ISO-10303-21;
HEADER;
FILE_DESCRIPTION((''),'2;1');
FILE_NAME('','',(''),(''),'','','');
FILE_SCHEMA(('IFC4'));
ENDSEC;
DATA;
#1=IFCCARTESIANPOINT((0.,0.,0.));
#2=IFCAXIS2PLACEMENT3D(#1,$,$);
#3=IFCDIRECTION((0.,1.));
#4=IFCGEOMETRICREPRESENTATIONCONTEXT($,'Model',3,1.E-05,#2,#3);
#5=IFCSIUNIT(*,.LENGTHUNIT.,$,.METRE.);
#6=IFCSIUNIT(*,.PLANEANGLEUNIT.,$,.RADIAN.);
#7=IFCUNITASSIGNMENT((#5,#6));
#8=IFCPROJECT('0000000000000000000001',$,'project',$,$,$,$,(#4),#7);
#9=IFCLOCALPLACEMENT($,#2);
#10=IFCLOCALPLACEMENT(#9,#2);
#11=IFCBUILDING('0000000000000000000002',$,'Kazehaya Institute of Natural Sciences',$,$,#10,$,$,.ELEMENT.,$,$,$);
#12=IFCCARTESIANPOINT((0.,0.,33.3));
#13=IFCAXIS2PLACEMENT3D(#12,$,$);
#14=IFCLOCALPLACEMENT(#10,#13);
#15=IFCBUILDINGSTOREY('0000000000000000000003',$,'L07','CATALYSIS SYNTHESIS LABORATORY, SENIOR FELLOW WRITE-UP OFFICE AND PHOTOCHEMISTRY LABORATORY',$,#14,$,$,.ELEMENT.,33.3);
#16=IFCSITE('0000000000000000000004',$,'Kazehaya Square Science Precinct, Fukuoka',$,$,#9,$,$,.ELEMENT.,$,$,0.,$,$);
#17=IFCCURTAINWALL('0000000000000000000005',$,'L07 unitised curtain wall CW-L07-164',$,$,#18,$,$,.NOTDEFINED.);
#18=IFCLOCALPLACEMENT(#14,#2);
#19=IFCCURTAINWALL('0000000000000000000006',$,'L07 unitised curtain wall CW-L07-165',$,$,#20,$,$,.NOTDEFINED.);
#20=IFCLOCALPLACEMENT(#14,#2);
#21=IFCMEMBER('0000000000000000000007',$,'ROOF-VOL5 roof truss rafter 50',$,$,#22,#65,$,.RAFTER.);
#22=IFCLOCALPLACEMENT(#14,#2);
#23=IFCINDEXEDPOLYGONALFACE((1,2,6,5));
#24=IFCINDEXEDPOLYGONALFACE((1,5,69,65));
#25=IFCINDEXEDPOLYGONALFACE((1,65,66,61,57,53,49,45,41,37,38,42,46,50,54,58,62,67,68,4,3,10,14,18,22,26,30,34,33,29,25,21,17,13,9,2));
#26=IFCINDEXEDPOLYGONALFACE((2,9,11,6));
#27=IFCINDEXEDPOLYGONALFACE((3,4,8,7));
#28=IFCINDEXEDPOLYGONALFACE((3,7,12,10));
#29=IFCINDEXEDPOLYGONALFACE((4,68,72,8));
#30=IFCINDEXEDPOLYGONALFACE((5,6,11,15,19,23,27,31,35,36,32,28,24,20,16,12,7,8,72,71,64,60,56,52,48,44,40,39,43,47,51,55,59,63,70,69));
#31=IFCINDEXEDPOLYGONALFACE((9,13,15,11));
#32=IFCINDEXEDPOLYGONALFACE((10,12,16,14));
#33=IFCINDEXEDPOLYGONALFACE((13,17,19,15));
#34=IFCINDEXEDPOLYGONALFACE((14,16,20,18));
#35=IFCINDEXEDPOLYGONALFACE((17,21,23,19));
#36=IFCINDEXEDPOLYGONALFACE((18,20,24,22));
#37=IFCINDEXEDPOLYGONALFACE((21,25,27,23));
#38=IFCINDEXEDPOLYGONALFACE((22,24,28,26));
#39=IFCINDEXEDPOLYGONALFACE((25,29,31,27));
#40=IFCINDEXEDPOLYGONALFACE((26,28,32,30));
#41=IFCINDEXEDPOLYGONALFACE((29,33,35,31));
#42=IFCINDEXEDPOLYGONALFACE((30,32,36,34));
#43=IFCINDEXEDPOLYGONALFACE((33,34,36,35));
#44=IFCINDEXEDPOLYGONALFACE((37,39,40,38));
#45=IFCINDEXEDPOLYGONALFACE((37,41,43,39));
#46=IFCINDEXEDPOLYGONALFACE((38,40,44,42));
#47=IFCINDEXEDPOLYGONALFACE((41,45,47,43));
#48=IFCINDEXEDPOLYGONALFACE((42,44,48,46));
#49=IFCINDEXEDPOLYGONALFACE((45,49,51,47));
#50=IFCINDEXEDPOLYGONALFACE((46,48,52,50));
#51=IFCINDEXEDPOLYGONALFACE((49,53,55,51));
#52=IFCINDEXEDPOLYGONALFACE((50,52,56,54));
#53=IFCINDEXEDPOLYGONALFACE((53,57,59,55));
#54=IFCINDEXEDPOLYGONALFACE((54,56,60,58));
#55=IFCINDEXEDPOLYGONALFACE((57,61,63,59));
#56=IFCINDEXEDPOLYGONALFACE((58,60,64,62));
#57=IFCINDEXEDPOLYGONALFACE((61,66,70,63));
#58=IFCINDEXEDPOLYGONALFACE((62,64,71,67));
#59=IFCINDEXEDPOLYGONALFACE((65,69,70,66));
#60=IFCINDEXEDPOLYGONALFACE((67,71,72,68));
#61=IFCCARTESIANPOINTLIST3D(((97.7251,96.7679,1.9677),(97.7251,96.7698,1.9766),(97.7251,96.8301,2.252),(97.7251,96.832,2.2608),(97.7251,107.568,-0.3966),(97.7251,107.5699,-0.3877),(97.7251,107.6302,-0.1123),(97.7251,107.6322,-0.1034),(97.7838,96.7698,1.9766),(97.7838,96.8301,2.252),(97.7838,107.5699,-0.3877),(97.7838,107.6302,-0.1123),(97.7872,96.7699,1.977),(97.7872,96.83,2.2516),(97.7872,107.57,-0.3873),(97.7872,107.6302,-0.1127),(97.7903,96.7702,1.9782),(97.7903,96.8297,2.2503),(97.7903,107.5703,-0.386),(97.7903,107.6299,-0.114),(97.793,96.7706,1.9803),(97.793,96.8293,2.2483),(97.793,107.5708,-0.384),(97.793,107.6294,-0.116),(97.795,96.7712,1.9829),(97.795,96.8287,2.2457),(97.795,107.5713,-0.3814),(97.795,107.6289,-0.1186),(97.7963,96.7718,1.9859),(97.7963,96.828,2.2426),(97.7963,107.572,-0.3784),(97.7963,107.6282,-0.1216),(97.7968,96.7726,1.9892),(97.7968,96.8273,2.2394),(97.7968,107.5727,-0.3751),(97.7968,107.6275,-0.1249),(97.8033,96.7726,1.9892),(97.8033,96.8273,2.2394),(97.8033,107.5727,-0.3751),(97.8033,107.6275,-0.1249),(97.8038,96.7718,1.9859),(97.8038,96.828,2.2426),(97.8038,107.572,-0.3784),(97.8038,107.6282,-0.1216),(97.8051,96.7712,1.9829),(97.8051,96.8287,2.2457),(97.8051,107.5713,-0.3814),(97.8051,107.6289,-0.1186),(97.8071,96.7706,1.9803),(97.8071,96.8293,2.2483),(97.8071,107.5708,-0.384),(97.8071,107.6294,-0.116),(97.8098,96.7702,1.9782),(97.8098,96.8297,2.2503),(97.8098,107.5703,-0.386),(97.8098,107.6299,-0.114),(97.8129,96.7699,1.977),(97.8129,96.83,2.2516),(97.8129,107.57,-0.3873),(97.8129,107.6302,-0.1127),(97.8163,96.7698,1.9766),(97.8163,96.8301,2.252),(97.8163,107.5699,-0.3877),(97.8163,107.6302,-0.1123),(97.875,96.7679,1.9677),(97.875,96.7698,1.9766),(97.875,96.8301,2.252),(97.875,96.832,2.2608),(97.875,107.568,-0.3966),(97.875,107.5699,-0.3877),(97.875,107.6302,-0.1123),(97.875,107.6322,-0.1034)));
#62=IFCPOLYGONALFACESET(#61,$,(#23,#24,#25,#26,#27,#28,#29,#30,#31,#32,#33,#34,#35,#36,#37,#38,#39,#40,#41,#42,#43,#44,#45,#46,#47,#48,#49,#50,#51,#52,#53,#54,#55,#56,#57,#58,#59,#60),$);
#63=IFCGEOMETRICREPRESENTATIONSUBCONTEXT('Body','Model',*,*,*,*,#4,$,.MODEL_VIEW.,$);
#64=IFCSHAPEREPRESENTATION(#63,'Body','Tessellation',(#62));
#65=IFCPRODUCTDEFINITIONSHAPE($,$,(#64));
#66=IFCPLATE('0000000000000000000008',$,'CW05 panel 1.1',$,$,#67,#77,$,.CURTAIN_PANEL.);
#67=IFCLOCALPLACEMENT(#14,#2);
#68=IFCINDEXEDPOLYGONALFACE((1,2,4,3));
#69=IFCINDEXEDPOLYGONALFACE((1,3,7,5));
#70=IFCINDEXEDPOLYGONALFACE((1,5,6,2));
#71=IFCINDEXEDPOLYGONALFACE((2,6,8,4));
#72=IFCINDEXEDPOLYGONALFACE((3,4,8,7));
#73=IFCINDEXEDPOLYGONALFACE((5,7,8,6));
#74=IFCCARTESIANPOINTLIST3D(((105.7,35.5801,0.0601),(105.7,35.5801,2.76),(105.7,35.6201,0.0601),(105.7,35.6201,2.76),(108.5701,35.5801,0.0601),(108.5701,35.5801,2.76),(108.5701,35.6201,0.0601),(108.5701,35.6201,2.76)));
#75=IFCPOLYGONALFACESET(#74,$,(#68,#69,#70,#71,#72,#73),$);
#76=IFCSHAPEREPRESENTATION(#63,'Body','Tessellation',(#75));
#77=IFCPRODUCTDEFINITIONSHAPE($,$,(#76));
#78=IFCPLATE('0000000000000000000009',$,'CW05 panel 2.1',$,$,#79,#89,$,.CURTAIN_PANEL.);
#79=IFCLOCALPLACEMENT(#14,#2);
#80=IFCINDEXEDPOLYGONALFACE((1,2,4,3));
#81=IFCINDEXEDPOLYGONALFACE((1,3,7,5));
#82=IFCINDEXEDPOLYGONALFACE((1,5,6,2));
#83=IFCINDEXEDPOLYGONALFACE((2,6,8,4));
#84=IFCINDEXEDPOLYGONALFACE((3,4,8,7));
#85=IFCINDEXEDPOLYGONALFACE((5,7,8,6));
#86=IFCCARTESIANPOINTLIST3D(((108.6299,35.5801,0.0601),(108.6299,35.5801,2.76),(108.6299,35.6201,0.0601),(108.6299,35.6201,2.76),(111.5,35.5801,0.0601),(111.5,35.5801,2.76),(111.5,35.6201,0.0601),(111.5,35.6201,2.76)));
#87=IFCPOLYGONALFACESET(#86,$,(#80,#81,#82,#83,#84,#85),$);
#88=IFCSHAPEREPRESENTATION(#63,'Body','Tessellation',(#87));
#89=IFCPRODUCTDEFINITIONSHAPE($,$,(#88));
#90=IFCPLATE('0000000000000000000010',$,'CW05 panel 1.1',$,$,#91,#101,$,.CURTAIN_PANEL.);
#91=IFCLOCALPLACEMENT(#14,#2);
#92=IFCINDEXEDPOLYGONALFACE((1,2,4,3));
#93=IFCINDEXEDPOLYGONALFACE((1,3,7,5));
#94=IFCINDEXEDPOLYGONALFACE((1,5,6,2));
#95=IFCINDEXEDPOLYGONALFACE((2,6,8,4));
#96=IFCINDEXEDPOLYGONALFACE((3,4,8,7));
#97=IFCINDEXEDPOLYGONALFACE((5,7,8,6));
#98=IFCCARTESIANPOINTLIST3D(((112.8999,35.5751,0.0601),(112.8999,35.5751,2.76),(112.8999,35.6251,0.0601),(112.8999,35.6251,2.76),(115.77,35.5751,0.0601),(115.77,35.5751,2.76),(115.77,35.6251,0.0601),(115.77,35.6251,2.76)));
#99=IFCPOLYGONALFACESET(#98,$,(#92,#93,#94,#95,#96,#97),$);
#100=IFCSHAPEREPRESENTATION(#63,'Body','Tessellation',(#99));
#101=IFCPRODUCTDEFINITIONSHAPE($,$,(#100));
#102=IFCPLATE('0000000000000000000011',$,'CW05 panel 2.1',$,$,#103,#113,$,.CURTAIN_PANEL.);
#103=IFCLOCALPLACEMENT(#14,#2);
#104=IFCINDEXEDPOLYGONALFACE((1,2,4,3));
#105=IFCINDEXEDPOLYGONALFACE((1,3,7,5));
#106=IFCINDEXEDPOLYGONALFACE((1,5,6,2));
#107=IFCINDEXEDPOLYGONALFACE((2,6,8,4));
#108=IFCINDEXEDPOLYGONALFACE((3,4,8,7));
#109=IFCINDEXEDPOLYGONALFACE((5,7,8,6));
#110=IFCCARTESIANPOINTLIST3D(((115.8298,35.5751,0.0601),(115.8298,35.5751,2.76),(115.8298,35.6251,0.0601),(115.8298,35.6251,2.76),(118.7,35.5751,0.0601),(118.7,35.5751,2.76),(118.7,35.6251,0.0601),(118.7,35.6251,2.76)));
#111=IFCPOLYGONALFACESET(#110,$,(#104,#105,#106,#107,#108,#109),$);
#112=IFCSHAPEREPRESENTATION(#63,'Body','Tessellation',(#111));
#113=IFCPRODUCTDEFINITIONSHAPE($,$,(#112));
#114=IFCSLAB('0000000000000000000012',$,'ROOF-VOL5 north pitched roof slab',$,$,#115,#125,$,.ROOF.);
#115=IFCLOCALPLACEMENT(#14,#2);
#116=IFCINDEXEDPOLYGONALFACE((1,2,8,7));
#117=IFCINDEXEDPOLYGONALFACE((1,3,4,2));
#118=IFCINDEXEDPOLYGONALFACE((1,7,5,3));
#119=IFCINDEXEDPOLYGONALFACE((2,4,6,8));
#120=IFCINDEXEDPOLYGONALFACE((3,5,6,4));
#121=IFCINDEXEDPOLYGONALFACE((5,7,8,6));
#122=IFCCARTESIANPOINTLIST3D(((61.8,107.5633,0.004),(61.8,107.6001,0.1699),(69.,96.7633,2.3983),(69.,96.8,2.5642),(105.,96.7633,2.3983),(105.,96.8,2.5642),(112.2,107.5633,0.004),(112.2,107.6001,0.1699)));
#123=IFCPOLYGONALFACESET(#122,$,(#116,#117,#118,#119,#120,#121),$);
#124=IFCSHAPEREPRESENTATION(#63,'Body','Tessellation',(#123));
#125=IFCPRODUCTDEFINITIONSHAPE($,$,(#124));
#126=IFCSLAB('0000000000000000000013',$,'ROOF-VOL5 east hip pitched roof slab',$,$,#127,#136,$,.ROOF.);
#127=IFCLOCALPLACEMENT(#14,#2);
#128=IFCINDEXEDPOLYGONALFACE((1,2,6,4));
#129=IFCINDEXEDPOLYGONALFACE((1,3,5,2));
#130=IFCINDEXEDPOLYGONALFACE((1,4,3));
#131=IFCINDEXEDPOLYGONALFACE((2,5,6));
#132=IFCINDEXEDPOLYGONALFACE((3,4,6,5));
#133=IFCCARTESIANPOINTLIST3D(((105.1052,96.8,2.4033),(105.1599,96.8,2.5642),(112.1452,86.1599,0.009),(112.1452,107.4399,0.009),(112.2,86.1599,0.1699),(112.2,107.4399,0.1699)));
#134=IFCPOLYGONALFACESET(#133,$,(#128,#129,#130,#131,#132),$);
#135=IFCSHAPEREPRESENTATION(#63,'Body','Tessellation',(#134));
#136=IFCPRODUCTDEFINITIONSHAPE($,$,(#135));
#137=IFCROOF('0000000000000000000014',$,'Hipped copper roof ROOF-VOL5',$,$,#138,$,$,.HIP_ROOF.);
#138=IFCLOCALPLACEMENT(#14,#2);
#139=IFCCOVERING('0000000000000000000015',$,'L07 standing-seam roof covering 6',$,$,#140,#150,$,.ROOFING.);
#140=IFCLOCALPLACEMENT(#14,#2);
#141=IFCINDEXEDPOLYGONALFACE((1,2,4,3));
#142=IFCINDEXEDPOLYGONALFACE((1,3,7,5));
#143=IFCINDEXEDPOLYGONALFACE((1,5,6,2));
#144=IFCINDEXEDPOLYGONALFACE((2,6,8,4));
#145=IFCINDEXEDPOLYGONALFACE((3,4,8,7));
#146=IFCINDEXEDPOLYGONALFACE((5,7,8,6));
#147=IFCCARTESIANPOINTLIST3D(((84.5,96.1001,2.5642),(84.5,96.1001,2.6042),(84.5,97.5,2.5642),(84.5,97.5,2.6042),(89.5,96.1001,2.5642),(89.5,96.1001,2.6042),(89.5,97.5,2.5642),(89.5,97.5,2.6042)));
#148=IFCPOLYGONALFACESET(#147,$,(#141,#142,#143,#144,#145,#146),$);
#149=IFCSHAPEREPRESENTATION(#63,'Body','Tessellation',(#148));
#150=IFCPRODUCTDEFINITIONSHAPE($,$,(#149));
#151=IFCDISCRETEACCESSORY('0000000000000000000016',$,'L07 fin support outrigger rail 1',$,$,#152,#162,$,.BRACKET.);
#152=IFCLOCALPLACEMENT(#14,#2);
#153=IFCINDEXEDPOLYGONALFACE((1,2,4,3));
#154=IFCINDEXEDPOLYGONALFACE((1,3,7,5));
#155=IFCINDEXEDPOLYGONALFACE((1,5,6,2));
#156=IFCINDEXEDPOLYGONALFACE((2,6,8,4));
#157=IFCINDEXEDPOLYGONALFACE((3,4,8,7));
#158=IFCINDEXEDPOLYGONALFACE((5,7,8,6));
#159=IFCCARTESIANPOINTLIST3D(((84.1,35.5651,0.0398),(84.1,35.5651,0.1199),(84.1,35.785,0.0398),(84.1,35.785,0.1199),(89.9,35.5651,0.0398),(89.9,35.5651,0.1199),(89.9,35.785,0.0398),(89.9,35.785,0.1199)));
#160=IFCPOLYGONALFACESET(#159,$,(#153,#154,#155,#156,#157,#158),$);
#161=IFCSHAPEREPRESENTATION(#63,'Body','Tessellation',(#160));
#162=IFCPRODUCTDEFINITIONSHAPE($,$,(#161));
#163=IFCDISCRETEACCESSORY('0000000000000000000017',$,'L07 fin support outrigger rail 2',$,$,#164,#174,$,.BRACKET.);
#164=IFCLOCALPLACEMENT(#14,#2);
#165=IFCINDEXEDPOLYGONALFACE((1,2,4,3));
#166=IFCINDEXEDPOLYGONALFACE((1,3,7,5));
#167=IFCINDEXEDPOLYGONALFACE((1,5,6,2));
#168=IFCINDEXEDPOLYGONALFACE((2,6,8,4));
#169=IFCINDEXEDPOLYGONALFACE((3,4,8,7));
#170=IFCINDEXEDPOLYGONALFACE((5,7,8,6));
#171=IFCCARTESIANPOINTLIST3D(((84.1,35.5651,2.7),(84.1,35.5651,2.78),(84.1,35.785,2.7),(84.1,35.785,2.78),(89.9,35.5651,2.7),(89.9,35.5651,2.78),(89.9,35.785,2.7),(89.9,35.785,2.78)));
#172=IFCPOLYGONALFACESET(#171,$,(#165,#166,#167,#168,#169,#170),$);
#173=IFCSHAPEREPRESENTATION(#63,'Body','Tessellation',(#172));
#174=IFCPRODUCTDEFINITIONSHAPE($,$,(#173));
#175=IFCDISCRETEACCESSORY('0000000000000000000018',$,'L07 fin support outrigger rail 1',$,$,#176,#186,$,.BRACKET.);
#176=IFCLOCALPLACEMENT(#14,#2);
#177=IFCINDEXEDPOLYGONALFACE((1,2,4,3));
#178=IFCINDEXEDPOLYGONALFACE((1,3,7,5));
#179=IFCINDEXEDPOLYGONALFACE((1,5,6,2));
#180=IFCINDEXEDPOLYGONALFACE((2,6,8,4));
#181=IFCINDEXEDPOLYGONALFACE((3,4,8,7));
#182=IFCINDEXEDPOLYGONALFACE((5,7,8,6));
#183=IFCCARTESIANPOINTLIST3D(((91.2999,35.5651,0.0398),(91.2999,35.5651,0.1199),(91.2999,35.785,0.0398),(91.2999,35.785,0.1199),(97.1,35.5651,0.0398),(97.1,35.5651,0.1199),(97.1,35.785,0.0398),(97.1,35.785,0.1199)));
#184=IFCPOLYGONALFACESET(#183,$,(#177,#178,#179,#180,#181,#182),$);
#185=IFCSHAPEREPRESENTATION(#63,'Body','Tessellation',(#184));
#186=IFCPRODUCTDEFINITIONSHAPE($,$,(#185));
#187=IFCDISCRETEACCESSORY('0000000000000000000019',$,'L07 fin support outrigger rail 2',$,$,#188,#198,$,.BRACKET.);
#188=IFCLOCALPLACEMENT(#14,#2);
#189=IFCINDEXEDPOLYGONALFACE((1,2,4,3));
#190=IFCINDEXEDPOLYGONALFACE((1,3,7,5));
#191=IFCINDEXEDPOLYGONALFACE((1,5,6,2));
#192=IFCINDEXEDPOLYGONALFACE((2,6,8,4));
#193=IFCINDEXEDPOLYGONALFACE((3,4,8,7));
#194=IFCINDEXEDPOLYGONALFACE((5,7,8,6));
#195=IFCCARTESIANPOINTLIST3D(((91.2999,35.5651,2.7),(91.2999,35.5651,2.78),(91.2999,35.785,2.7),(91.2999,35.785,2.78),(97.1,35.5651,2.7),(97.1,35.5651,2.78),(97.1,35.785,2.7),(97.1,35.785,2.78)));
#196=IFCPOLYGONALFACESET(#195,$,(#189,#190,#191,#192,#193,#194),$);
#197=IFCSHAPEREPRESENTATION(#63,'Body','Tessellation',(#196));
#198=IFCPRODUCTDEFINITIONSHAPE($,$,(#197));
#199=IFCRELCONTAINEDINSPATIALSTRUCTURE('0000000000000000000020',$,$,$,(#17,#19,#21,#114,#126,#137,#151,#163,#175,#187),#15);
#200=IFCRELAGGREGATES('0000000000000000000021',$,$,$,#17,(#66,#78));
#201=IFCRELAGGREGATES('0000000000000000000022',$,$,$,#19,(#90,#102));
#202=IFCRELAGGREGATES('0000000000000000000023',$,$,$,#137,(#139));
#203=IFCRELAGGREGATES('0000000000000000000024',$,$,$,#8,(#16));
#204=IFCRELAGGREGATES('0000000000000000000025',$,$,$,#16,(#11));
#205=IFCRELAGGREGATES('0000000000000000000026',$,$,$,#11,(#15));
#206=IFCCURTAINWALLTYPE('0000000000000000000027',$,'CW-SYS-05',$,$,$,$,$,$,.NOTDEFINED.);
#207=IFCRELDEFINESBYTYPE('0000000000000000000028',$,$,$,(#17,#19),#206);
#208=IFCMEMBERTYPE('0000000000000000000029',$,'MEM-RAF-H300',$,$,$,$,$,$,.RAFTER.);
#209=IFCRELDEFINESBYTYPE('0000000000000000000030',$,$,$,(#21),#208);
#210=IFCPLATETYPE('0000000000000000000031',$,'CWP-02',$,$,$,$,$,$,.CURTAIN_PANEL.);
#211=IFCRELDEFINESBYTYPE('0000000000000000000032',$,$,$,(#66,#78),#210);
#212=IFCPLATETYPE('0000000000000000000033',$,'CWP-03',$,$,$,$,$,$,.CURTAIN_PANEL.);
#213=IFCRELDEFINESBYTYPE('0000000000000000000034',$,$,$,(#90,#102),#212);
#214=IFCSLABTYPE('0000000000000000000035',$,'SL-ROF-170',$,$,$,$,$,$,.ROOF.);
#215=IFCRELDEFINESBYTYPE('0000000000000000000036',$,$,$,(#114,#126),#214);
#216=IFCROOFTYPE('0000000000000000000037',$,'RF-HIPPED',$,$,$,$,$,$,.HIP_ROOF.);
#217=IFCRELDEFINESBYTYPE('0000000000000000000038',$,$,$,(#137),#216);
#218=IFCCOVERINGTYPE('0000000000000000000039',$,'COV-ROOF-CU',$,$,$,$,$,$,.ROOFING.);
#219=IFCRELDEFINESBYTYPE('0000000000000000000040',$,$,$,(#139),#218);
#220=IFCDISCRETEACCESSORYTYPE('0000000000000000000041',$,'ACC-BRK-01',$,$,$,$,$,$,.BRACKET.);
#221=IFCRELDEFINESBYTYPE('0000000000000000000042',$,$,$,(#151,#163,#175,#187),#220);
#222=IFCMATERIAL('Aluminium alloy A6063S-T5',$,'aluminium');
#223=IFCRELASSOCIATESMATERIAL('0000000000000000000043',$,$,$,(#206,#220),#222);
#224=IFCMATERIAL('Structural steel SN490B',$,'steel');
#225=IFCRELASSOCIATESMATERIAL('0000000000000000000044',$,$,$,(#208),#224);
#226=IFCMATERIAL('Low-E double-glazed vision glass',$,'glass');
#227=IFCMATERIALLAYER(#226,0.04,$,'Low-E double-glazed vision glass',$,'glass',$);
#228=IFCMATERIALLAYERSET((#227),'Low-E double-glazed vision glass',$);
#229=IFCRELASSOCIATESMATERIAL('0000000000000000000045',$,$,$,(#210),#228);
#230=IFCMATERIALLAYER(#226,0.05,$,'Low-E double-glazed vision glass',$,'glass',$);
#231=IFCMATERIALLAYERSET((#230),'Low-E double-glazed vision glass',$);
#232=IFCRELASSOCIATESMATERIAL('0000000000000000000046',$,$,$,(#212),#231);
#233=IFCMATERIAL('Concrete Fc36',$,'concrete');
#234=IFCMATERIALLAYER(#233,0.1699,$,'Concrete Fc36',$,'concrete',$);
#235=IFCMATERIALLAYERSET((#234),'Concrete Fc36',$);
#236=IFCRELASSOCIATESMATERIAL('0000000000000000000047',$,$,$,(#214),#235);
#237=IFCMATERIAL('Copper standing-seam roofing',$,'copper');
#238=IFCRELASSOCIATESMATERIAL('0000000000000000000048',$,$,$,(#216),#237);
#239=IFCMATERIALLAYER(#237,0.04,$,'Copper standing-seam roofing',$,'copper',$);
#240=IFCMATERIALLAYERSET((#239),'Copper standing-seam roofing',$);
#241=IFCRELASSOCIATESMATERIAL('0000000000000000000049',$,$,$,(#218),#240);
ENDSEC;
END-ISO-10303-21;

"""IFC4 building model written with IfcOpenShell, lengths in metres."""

from ifc_helpers import new_model, si_unit, direction, frame, origin, origin_2d, place, context, subcontext, project, spatial, polyline, rectangle, i_section, outline, extrude, material, layer, layer_set, material_profile, profile_set, type_object, element, aggregate, save


model = new_model("IFC4")

# Units and contexts
model_context = context("Model", 3, precision=1e-05, world=origin(), true_north=direction((0.0, 1.0)))
body_context = subcontext(model_context, "Body", "Model", "MODEL_VIEW")
ifc_project = project(units=[si_unit("LENGTHUNIT", "METRE"), si_unit("PLANEANGLEUNIT", "RADIAN")], contexts=[model_context])

# Site, building, storey
site_placement = place(None, origin())
site = spatial("IfcSite", under=ifc_project, at=site_placement, Name="Kazehaya Square Science Precinct, Fukuoka", CompositionType="ELEMENT", RefElevation=0.0)
building_placement = place(site_placement, origin())
building = spatial("IfcBuilding", under=site, at=building_placement, Name="Kazehaya Institute of Natural Sciences", CompositionType="ELEMENT")
storey_placement = place(building_placement, frame((0.0, 0.0, 33.3)))
storey = spatial("IfcBuildingStorey", under=building, at=storey_placement, Name="L07", Description="CATALYSIS SYNTHESIS LABORATORY, SENIOR FELLOW WRITE-UP OFFICE AND PHOTOCHEMISTRY LABORATORY", CompositionType="ELEMENT", Elevation=33.3)

# Shared definitions
ifc_material_1 = material(Name="Concrete Fc36", Category="concrete")

# Curtain walls
ifc_material_2 = material(Name="Aluminium alloy A6063S-T5", Category="aluminium")
curtain_wall_type = type_object("IfcCurtainWallType", Name="CW-SYS-05", PredefinedType="NOTDEFINED", material=ifc_material_2)
curtain_wall_1_placement = place(storey_placement, origin())
curtain_wall_1 = element("IfcCurtainWall", 1, at=curtain_wall_1_placement, inside=storey, type_object=curtain_wall_type, Name="L07 unitised curtain wall CW-L07-164", PredefinedType="NOTDEFINED")
curtain_wall_2_placement = place(storey_placement, origin())
curtain_wall_2 = element("IfcCurtainWall", 2, at=curtain_wall_2_placement, inside=storey, type_object=curtain_wall_type, Name="L07 unitised curtain wall CW-L07-165", PredefinedType="NOTDEFINED")

# Member
ifc_material_3 = material(Name="Structural steel SN490B", Category="steel")
ifc_material_profile_1 = material_profile(ifc_material_3, i_section(OverallWidth=0.1499, OverallDepth=0.3, WebThickness=0.0066, FlangeThickness=0.009, FilletRadius=0.0129, at=origin_2d()), Name="H-300x150x6.5x9")
ifc_profile_set_1 = profile_set([ifc_material_profile_1], Name="Structural steel SN490B")
member_type_1 = type_object("IfcMemberType", Name="MEM-RAF-H300", PredefinedType="RAFTER", material=ifc_profile_set_1)
for number, where, z_axis, x_axis, name in (
    (3, (97.8, 107.6001, -0.25), (0.0, -0.976867, 0.213848), (1.0, 0.0, 0.0), "ROOF-VOL5 roof truss rafter 50"),
):
    element("IfcMember", number, at=place(storey_placement, frame(where, z_axis=z_axis, x_axis=x_axis)), inside=storey, type_object=member_type_1, Name=name, PredefinedType="RAFTER", context=body_context, shape_type="SweptSolid", body=[
        extrude(i_section(OverallWidth=0.1499, OverallDepth=0.3, WebThickness=0.0066, FlangeThickness=0.009, FilletRadius=0.0129, at=origin_2d()), origin(), (0.0, 0.0, 1.0), 11.0559),
    ])

# Plates
ifc_material_4 = material(Name="Low-E double-glazed vision glass", Category="glass")
ifc_layer_1 = layer(ifc_material_4, 0.04, Name="Low-E double-glazed vision glass", Category="glass")
ifc_layer_set_1 = layer_set([ifc_layer_1], Name="Low-E double-glazed vision glass")
plate_type_1 = type_object("IfcPlateType", Name="CWP-02", PredefinedType="CURTAIN_PANEL", material=ifc_layer_set_1)
plate_1_placement = place(storey_placement, frame((107.135, 35.6001, 0.0601), z_axis=(0.0, 0.0, 1.0), x_axis=(1.0, 0.0, 0.0)))
plate_1 = element("IfcPlate", 4, at=plate_1_placement, type_object=plate_type_1, Name="CW05 panel 1.1", PredefinedType="CURTAIN_PANEL", context=body_context, shape_type="SweptSolid", body=[
    extrude(rectangle(XDim=2.8701, YDim=0.04, at=origin_2d()), origin(), (0.0, 0.0, 1.0), 2.7),
])
plate_2_placement = place(storey_placement, frame((110.0649, 35.6001, 0.0601), z_axis=(0.0, 0.0, 1.0), x_axis=(1.0, 0.0, 0.0)))
plate_2 = element("IfcPlate", 5, at=plate_2_placement, type_object=plate_type_1, Name="CW05 panel 2.1", PredefinedType="CURTAIN_PANEL", context=body_context, shape_type="SweptSolid", body=[
    extrude(rectangle(XDim=2.8701, YDim=0.04, at=origin_2d()), origin(), (0.0, 0.0, 1.0), 2.7),
])
aggregate(curtain_wall_1, [plate_1, plate_2])
ifc_layer_2 = layer(ifc_material_4, 0.05, Name="Low-E double-glazed vision glass", Category="glass")
ifc_layer_set_2 = layer_set([ifc_layer_2], Name="Low-E double-glazed vision glass")
plate_type_2 = type_object("IfcPlateType", Name="CWP-03", PredefinedType="CURTAIN_PANEL", material=ifc_layer_set_2)
plate_3_placement = place(storey_placement, frame((114.335, 35.6001, 0.0601), z_axis=(0.0, 0.0, 1.0), x_axis=(1.0, 0.0, 0.0)))
plate_3 = element("IfcPlate", 6, at=plate_3_placement, type_object=plate_type_2, Name="CW05 panel 1.1", PredefinedType="CURTAIN_PANEL", context=body_context, shape_type="SweptSolid", body=[
    extrude(rectangle(XDim=2.8701, YDim=0.05, at=origin_2d()), origin(), (0.0, 0.0, 1.0), 2.7),
])
plate_4_placement = place(storey_placement, frame((117.2649, 35.6001, 0.0601), z_axis=(0.0, 0.0, 1.0), x_axis=(1.0, 0.0, 0.0)))
plate_4 = element("IfcPlate", 7, at=plate_4_placement, type_object=plate_type_2, Name="CW05 panel 2.1", PredefinedType="CURTAIN_PANEL", context=body_context, shape_type="SweptSolid", body=[
    extrude(rectangle(XDim=2.8701, YDim=0.05, at=origin_2d()), origin(), (0.0, 0.0, 1.0), 2.7),
])
aggregate(curtain_wall_2, [plate_3, plate_4])

# Slabs
ifc_layer_3 = layer(ifc_material_1, 0.1699, Name="Concrete Fc36", Category="concrete")
ifc_layer_set_3 = layer_set([ifc_layer_3], Name="Concrete Fc36")
slab_type = type_object("IfcSlabType", Name="SL-ROF-170", PredefinedType="ROOF", material=ifc_layer_set_3)
slab_1_placement = place(storey_placement, frame((112.2, 107.6001, 0.1699), z_axis=(0.0, 0.216437, 0.976297), x_axis=(-1.0, 0.0, 0.0)))
element("IfcSlab", 8, at=slab_1_placement, inside=storey, type_object=slab_type, Name="ROOF-VOL5 north pitched roof slab", PredefinedType="ROOF", context=body_context, shape_type="SweptSolid", body=[
    extrude(outline(polyline([(0.0, 0.0), (50.3999, 0.0), (43.2, 11.0623), (7.2, 11.0623), (0.0, 0.0)])), origin(), (0.0, 0.0, -1.0), 0.1699),
])
slab_2_placement = place(storey_placement, frame((112.2, 86.1599, 0.1699), z_axis=(0.321984, 0.0, 0.946745), x_axis=(0.0, 1.0, 0.0)))
element("IfcSlab", 9, at=slab_2_placement, inside=storey, type_object=slab_type, Name="ROOF-VOL5 east hip pitched roof slab", PredefinedType="ROOF", context=body_context, shape_type="SweptSolid", body=[
    extrude(outline(polyline([(0.0, 0.0), (21.28, 0.0), (10.6401, 7.436), (0.0, 0.0)])), origin(), (0.0, 0.0, -1.0), 0.1699),
])

# Roof, covering
ifc_material_5 = material(Name="Copper standing-seam roofing", Category="copper")
roof_type = type_object("IfcRoofType", Name="RF-HIPPED", PredefinedType="HIP_ROOF", material=ifc_material_5)
roof_placement = place(storey_placement, origin())
roof = element("IfcRoof", 10, at=roof_placement, inside=storey, type_object=roof_type, Name="Hipped copper roof ROOF-VOL5", PredefinedType="HIP_ROOF")
ifc_layer_4 = layer(ifc_material_5, 0.04, Name="Copper standing-seam roofing", Category="copper")
ifc_layer_set_4 = layer_set([ifc_layer_4], Name="Copper standing-seam roofing")
covering_type = type_object("IfcCoveringType", Name="COV-ROOF-CU", PredefinedType="ROOFING", material=ifc_layer_set_4)
covering_placement = place(storey_placement, frame((87.0, 96.8, 2.5642), z_axis=(0.0, 0.0, 1.0), x_axis=(1.0, 0.0, 0.0)))
covering = element("IfcCovering", 11, at=covering_placement, type_object=covering_type, Name="L07 standing-seam roof covering 6", PredefinedType="ROOFING", context=body_context, shape_type="SweptSolid", body=[
    extrude(rectangle(XDim=5.0, YDim=1.3999, at=origin_2d()), origin(), (0.0, 0.0, 1.0), 0.04),
])
aggregate(roof, [covering])

# Discrete accessories
discrete_accessory_type_1 = type_object("IfcDiscreteAccessoryType", Name="ACC-BRK-01", PredefinedType="BRACKET", material=ifc_material_2)
for number, where, z_axis, x_axis, name in (
    (12, (87.0, 35.675, 0.0398), (0.0, 0.0, 1.0), (1.0, 0.0, 0.0), "L07 fin support outrigger rail 1"),
    (13, (87.0, 35.675, 2.7), (0.0, 0.0, 1.0), (1.0, 0.0, 0.0), "L07 fin support outrigger rail 2"),
    (14, (94.2, 35.675, 0.0398), (0.0, 0.0, 1.0), (1.0, 0.0, 0.0), "L07 fin support outrigger rail 1"),
    (15, (94.2, 35.675, 2.7), (0.0, 0.0, 1.0), (1.0, 0.0, 0.0), "L07 fin support outrigger rail 2"),
):
    element("IfcDiscreteAccessory", number, at=place(storey_placement, frame(where, z_axis=z_axis, x_axis=x_axis)), inside=storey, type_object=discrete_accessory_type_1, Name=name, PredefinedType="BRACKET", context=body_context, shape_type="SweptSolid", body=[
        extrude(rectangle(XDim=5.8, YDim=0.22, at=origin_2d()), origin(), (0.0, 0.0, 1.0), 0.0801),
    ])

save(model, "model.ifc")
